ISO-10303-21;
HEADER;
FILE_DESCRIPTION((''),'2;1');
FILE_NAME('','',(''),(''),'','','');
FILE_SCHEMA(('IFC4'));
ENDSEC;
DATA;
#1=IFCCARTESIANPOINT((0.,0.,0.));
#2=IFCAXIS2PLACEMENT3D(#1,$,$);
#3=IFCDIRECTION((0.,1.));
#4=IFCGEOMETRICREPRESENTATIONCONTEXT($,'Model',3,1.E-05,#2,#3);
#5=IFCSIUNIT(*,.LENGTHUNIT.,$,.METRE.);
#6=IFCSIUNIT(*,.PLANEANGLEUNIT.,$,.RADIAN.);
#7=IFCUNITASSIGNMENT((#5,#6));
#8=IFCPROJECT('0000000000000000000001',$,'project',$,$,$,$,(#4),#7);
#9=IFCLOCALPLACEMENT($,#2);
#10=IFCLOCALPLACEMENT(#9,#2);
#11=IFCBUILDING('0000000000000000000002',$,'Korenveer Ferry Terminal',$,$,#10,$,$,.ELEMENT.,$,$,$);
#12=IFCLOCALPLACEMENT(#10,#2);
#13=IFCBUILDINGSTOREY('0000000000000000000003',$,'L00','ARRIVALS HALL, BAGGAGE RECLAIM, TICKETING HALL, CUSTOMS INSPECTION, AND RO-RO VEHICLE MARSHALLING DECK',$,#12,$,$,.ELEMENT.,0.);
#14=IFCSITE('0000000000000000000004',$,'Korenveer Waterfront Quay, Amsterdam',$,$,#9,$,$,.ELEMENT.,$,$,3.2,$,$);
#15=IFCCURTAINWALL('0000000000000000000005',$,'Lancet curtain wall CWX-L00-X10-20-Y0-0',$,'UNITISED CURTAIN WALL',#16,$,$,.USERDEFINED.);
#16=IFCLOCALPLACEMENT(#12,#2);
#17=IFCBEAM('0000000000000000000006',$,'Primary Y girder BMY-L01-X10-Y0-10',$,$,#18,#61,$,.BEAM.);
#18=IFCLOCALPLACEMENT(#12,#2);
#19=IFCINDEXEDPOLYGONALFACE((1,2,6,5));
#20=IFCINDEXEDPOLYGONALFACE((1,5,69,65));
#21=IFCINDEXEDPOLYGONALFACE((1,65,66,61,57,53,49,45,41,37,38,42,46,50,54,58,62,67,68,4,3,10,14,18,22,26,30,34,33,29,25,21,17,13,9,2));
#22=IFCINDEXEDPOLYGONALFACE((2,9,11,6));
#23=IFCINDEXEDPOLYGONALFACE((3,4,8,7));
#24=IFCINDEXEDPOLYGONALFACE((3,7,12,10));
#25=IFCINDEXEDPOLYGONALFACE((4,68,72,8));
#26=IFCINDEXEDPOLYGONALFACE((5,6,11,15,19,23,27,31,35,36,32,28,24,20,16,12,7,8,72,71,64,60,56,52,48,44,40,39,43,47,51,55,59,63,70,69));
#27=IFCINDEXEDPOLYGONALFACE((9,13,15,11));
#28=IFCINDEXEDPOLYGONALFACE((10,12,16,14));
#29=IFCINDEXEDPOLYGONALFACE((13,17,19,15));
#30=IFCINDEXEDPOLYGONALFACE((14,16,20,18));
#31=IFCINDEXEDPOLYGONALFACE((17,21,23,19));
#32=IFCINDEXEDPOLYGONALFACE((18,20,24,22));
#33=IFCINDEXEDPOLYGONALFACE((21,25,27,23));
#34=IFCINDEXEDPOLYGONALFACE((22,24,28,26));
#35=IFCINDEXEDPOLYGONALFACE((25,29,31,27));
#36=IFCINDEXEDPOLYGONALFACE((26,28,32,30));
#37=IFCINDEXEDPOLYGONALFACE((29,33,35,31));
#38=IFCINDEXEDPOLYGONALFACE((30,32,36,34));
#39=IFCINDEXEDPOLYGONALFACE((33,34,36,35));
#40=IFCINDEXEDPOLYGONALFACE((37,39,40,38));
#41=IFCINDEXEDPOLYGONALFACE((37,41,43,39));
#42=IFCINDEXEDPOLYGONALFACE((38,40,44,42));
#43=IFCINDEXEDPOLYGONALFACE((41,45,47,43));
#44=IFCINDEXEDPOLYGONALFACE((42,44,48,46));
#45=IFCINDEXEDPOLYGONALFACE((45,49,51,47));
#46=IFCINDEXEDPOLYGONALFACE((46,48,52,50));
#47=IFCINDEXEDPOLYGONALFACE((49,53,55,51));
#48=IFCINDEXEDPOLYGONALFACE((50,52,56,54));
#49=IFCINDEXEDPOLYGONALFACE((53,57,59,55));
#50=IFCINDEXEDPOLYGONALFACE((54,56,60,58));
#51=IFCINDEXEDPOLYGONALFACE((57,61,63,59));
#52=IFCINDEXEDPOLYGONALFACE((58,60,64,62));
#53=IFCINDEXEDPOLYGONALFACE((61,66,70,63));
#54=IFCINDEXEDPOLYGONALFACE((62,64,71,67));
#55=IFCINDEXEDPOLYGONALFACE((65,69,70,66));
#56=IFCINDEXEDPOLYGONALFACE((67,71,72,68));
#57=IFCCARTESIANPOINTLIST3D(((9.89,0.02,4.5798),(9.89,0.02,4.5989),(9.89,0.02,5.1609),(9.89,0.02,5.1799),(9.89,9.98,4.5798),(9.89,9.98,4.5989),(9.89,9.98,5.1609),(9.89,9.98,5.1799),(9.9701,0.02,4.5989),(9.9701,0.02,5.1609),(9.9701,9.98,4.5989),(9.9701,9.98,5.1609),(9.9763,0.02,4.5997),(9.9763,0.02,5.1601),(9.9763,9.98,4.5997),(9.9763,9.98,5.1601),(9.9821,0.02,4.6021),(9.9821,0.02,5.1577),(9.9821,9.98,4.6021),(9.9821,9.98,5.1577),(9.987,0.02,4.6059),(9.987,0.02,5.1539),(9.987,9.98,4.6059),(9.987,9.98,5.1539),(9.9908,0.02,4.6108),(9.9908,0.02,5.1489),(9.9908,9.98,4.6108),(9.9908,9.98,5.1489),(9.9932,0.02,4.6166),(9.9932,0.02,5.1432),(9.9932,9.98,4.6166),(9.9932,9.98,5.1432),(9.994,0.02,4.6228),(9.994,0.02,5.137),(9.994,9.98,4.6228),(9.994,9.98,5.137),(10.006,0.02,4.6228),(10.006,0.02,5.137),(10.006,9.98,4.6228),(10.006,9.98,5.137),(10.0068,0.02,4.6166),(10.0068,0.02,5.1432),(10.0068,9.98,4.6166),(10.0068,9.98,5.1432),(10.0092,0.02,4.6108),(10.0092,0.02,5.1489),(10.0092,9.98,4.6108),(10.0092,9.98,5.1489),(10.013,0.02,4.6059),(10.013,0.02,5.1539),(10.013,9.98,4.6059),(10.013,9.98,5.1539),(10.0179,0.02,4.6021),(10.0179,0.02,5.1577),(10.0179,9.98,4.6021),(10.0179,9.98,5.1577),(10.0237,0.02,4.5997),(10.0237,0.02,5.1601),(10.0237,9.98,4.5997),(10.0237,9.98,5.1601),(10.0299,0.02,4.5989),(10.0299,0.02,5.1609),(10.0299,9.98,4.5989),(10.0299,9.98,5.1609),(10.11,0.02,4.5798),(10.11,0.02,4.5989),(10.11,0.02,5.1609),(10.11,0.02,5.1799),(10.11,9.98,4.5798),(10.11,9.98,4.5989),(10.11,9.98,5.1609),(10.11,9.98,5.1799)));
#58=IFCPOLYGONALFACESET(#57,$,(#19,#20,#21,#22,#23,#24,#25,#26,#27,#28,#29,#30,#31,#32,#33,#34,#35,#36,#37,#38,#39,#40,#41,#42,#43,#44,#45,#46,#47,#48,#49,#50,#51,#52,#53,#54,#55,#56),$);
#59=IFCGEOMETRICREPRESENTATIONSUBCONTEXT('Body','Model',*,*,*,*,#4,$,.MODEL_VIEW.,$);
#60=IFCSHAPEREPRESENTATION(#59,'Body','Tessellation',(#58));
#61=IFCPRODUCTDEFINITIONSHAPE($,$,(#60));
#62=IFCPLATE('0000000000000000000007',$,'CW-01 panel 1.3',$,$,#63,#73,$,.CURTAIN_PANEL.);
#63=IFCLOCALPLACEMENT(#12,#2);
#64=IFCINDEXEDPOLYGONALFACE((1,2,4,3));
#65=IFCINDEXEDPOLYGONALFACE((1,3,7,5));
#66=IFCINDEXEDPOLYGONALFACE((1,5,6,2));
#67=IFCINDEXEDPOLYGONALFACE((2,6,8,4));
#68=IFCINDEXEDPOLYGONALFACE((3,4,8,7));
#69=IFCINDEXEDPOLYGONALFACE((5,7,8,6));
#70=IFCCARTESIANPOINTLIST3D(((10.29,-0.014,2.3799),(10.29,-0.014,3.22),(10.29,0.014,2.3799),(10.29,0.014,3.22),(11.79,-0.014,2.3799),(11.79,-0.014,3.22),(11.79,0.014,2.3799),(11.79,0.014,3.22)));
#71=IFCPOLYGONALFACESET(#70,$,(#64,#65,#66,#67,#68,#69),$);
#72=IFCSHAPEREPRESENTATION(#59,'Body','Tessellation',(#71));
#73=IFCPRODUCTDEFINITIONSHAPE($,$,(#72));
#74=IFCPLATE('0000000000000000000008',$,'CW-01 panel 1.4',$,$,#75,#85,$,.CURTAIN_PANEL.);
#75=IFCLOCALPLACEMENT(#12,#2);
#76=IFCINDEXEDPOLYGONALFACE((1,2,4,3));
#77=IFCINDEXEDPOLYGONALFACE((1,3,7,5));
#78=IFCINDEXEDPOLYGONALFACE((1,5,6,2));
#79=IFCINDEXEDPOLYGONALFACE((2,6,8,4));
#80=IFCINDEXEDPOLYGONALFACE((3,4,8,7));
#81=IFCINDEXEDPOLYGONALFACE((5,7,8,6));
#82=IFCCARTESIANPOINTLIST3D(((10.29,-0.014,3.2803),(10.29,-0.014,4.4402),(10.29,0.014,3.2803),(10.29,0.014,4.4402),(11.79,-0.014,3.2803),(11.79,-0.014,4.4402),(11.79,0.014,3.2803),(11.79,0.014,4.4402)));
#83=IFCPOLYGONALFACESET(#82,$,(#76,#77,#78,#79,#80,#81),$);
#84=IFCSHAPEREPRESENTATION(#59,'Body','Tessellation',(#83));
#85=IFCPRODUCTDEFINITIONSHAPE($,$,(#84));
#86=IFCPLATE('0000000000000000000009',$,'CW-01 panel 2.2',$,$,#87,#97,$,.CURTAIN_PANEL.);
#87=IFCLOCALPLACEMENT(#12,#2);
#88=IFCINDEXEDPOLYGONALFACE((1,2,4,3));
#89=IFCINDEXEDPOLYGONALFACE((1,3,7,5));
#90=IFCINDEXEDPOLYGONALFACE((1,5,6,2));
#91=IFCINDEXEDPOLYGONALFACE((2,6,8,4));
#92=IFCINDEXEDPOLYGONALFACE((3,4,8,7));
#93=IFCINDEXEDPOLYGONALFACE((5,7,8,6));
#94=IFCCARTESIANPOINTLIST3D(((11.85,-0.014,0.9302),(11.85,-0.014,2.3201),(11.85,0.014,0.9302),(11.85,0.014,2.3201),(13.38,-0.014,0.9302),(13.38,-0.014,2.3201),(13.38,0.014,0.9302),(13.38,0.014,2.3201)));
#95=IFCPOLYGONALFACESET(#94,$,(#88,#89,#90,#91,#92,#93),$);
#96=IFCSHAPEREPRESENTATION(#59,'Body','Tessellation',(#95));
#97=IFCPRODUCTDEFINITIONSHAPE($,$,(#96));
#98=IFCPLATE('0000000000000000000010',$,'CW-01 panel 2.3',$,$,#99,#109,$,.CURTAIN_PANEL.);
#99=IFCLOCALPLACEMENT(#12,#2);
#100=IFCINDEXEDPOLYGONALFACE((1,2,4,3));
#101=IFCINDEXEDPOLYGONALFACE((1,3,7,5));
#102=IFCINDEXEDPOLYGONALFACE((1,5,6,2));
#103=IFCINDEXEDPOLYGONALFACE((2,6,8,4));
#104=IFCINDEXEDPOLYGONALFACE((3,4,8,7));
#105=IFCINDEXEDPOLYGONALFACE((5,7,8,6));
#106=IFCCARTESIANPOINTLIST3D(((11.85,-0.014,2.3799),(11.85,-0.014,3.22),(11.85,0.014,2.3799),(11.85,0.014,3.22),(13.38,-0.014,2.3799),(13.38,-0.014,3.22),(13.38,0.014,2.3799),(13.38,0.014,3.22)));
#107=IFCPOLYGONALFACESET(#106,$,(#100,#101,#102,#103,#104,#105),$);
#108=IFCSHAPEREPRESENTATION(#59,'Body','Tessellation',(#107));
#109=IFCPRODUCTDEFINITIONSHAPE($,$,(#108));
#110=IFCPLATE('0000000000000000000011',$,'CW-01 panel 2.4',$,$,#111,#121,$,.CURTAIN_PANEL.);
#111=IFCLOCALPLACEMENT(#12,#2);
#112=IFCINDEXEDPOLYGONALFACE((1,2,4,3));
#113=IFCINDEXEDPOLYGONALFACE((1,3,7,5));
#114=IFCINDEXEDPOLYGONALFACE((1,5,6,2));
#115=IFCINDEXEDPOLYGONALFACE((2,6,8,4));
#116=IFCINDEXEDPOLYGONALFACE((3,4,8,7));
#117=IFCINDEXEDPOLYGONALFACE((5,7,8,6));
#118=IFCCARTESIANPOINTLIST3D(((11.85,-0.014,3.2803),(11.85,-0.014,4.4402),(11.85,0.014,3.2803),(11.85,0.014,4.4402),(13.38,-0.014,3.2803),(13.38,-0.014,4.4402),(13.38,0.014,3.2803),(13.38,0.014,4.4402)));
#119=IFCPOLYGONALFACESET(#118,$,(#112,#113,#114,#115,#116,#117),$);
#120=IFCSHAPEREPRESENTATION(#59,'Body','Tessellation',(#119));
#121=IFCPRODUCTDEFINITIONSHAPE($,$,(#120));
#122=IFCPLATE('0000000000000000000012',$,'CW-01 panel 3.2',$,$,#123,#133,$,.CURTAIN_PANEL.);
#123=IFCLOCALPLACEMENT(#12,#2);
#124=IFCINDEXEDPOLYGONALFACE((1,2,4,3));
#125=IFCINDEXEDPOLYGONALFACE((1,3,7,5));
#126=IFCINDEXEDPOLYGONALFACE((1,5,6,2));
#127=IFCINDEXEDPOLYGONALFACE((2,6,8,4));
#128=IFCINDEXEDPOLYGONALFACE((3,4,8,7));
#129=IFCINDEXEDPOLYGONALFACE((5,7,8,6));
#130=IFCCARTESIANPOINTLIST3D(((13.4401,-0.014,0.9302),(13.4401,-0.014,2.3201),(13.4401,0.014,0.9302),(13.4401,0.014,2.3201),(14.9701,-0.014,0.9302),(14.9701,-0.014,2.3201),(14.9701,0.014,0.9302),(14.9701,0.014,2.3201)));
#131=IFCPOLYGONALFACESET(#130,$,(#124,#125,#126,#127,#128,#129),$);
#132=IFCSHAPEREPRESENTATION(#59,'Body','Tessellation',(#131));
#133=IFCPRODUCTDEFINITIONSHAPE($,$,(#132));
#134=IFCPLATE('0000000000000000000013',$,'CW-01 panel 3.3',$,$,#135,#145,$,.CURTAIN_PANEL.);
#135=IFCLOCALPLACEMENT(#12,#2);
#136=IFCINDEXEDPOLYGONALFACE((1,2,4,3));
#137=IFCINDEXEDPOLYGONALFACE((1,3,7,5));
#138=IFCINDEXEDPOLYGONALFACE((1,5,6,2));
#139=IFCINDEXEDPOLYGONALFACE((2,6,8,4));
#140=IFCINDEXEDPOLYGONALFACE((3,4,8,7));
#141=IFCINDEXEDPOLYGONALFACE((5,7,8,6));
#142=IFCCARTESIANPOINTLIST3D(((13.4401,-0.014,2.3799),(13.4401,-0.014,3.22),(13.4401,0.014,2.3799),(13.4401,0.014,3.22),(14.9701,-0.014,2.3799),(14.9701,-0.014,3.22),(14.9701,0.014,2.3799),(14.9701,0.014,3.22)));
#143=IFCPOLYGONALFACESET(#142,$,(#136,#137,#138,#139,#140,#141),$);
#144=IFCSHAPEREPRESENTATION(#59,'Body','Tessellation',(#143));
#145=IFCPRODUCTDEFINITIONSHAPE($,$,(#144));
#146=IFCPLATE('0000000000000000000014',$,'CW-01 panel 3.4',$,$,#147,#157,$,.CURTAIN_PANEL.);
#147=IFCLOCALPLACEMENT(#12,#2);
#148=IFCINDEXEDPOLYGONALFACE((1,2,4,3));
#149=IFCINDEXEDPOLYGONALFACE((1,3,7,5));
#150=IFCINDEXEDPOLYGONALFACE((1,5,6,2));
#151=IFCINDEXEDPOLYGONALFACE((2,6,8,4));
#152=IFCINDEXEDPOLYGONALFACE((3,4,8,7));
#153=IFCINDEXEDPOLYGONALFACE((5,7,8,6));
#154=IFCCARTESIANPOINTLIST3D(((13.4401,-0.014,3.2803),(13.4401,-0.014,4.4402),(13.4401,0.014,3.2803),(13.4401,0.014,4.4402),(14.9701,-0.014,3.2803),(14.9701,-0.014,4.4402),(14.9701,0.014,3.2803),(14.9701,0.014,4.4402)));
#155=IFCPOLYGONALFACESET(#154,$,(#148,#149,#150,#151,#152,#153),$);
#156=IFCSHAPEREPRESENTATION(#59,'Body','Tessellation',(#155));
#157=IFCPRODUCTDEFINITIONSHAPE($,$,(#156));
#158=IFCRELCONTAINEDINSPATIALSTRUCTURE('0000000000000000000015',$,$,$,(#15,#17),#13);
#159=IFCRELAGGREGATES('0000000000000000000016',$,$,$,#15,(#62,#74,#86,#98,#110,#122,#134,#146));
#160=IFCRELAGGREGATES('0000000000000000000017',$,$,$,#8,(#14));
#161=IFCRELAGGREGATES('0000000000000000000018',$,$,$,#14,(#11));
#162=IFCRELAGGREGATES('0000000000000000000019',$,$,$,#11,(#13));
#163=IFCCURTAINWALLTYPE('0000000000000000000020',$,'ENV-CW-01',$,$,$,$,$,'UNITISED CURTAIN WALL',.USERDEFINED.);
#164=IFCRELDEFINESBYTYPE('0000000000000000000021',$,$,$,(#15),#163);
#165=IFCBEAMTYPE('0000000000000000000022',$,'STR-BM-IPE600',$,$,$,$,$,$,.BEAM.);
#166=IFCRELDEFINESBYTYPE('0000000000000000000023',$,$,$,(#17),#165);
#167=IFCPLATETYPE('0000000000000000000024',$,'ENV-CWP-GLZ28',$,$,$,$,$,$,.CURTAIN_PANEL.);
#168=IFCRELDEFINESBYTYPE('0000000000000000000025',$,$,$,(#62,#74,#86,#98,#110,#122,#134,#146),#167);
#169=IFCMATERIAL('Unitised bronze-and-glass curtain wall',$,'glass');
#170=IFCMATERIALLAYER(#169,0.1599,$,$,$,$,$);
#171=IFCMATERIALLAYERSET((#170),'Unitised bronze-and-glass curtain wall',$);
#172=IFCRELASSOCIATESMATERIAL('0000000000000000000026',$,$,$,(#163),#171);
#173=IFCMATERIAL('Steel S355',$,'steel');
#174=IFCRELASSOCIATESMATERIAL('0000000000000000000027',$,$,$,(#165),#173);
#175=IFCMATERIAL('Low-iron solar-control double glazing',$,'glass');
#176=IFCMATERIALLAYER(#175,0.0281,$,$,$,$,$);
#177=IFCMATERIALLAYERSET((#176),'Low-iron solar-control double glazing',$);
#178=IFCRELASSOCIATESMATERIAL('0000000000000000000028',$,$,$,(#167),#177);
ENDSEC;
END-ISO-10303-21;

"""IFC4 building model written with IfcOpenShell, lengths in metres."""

from ifc_helpers import new_model, si_unit, direction, frame, origin, origin_2d, place, context, subcontext, project, spatial, rectangle, i_section, extrude, material, layer, layer_set, material_profile, profile_set, type_object, element, aggregate, save


model = new_model("IFC4")

# Units and contexts
model_context = context("Model", 3, precision=1e-05, world=origin(), true_north=direction((0.0, 1.0)))
body_context = subcontext(model_context, "Body", "Model", "MODEL_VIEW")
ifc_project = project(units=[si_unit("LENGTHUNIT", "METRE"), si_unit("PLANEANGLEUNIT", "RADIAN")], contexts=[model_context])

# Site, building, storey
site_placement = place(None, origin())
site = spatial("IfcSite", under=ifc_project, at=site_placement, Name="Korenveer Waterfront Quay, Amsterdam", CompositionType="ELEMENT", RefElevation=3.2)
building_placement = place(site_placement, origin())
building = spatial("IfcBuilding", under=site, at=building_placement, Name="Korenveer Ferry Terminal", CompositionType="ELEMENT")
storey_placement = place(building_placement, origin())
storey = spatial("IfcBuildingStorey", under=building, at=storey_placement, Name="L00", Description="ARRIVALS HALL, BAGGAGE RECLAIM, TICKETING HALL, CUSTOMS INSPECTION, AND RO-RO VEHICLE MARSHALLING DECK", CompositionType="ELEMENT", Elevation=0.0)

# Curtain wall
ifc_material_1 = material(Name="Unitised bronze-and-glass curtain wall", Category="glass")
ifc_layer_1 = layer(ifc_material_1, 0.1599)
ifc_layer_set_1 = layer_set([ifc_layer_1], Name="Unitised bronze-and-glass curtain wall")
curtain_wall_type = type_object("IfcCurtainWallType", Name="ENV-CW-01", ElementType="UNITISED CURTAIN WALL", PredefinedType="USERDEFINED", material=ifc_layer_set_1)
curtain_wall_placement = place(storey_placement, frame((10.23, 0.0, 0.0)))
curtain_wall = element("IfcCurtainWall", 1, at=curtain_wall_placement, inside=storey, type_object=curtain_wall_type, Name="Lancet curtain wall CWX-L00-X10-20-Y0-0", ObjectType="UNITISED CURTAIN WALL", PredefinedType="USERDEFINED")

# Beam
ifc_material_2 = material(Name="Steel S355", Category="steel")
ifc_material_profile_1 = material_profile(ifc_material_2, i_section(OverallWidth=0.22, OverallDepth=0.6001, WebThickness=0.012, FlangeThickness=0.019, FilletRadius=0.0239, at=origin_2d()), Name="IPE 600")
ifc_profile_set_1 = profile_set([ifc_material_profile_1], Name="Steel S355")
beam_type_1 = type_object("IfcBeamType", Name="STR-BM-IPE600", PredefinedType="BEAM", material=ifc_profile_set_1)
beam_1_placement = place(storey_placement, frame((10.0, 0.02, 4.8799), z_axis=(0.0, 1.0, 0.0), x_axis=(-1.0, 0.0, 0.0)))
element("IfcBeam", 2, at=beam_1_placement, inside=storey, type_object=beam_type_1, Name="Primary Y girder BMY-L01-X10-Y0-10", PredefinedType="BEAM", context=body_context, shape_type="SweptSolid", body=[
    extrude(i_section(OverallWidth=0.22, OverallDepth=0.6001, WebThickness=0.012, FlangeThickness=0.019, FilletRadius=0.0239, at=origin_2d()), origin(), (0.0, 0.0, 1.0), 9.96),
])

# Plates
ifc_material_3 = material(Name="Low-iron solar-control double glazing", Category="glass")
ifc_layer_2 = layer(ifc_material_3, 0.0281)
ifc_layer_set_2 = layer_set([ifc_layer_2], Name="Low-iron solar-control double glazing")
plate_type = type_object("IfcPlateType", Name="ENV-CWP-GLZ28", PredefinedType="CURTAIN_PANEL", material=ifc_layer_set_2)
plate_1_placement = place(storey_placement, frame((11.04, 0.0, 2.3799), z_axis=(0.0, 0.0, 1.0), x_axis=(1.0, 0.0, 0.0)))
plate_1 = element("IfcPlate", 3, at=plate_1_placement, type_object=plate_type, Name="CW-01 panel 1.3", PredefinedType="CURTAIN_PANEL", context=body_context, shape_type="SweptSolid", body=[
    extrude(rectangle(XDim=1.5, YDim=0.0281, at=origin_2d()), origin(), (0.0, 0.0, 1.0), 0.8401),
])
plate_2_placement = place(storey_placement, frame((11.04, 0.0, 3.2803), z_axis=(0.0, 0.0, 1.0), x_axis=(1.0, 0.0, 0.0)))
plate_2 = element("IfcPlate", 4, at=plate_2_placement, type_object=plate_type, Name="CW-01 panel 1.4", PredefinedType="CURTAIN_PANEL", context=body_context, shape_type="SweptSolid", body=[
    extrude(rectangle(XDim=1.5, YDim=0.0281, at=origin_2d()), origin(), (0.0, 0.0, 1.0), 1.1599),
])
plate_3_placement = place(storey_placement, frame((12.615, 0.0, 0.9302), z_axis=(0.0, 0.0, 1.0), x_axis=(1.0, 0.0, 0.0)))
plate_3 = element("IfcPlate", 5, at=plate_3_placement, type_object=plate_type, Name="CW-01 panel 2.2", PredefinedType="CURTAIN_PANEL", context=body_context, shape_type="SweptSolid", body=[
    extrude(rectangle(XDim=1.53, YDim=0.0281, at=origin_2d()), origin(), (0.0, 0.0, 1.0), 1.3899),
])
plate_4_placement = place(storey_placement, frame((12.615, 0.0, 2.3799), z_axis=(0.0, 0.0, 1.0), x_axis=(1.0, 0.0, 0.0)))
plate_4 = element("IfcPlate", 6, at=plate_4_placement, type_object=plate_type, Name="CW-01 panel 2.3", PredefinedType="CURTAIN_PANEL", context=body_context, shape_type="SweptSolid", body=[
    extrude(rectangle(XDim=1.53, YDim=0.0281, at=origin_2d()), origin(), (0.0, 0.0, 1.0), 0.8401),
])
plate_5_placement = place(storey_placement, frame((12.615, 0.0, 3.2803), z_axis=(0.0, 0.0, 1.0), x_axis=(1.0, 0.0, 0.0)))
plate_5 = element("IfcPlate", 7, at=plate_5_placement, type_object=plate_type, Name="CW-01 panel 2.4", PredefinedType="CURTAIN_PANEL", context=body_context, shape_type="SweptSolid", body=[
    extrude(rectangle(XDim=1.53, YDim=0.0281, at=origin_2d()), origin(), (0.0, 0.0, 1.0), 1.1599),
])
plate_6_placement = place(storey_placement, frame((14.2051, 0.0, 0.9302), z_axis=(0.0, 0.0, 1.0), x_axis=(1.0, 0.0, 0.0)))
plate_6 = element("IfcPlate", 8, at=plate_6_placement, type_object=plate_type, Name="CW-01 panel 3.2", PredefinedType="CURTAIN_PANEL", context=body_context, shape_type="SweptSolid", body=[
    extrude(rectangle(XDim=1.53, YDim=0.0281, at=origin_2d()), origin(), (0.0, 0.0, 1.0), 1.3899),
])
plate_7_placement = place(storey_placement, frame((14.2051, 0.0, 2.3799), z_axis=(0.0, 0.0, 1.0), x_axis=(1.0, 0.0, 0.0)))
plate_7 = element("IfcPlate", 9, at=plate_7_placement, type_object=plate_type, Name="CW-01 panel 3.3", PredefinedType="CURTAIN_PANEL", context=body_context, shape_type="SweptSolid", body=[
    extrude(rectangle(XDim=1.53, YDim=0.0281, at=origin_2d()), origin(), (0.0, 0.0, 1.0), 0.8401),
])
plate_8_placement = place(storey_placement, frame((14.2051, 0.0, 3.2803), z_axis=(0.0, 0.0, 1.0), x_axis=(1.0, 0.0, 0.0)))
plate_8 = element("IfcPlate", 10, at=plate_8_placement, type_object=plate_type, Name="CW-01 panel 3.4", PredefinedType="CURTAIN_PANEL", context=body_context, shape_type="SweptSolid", body=[
    extrude(rectangle(XDim=1.53, YDim=0.0281, at=origin_2d()), origin(), (0.0, 0.0, 1.0), 1.1599),
])
aggregate(curtain_wall, [plate_1, plate_2, plate_3, plate_4, plate_5, plate_6, plate_7, plate_8])

save(model, "model.ifc")
